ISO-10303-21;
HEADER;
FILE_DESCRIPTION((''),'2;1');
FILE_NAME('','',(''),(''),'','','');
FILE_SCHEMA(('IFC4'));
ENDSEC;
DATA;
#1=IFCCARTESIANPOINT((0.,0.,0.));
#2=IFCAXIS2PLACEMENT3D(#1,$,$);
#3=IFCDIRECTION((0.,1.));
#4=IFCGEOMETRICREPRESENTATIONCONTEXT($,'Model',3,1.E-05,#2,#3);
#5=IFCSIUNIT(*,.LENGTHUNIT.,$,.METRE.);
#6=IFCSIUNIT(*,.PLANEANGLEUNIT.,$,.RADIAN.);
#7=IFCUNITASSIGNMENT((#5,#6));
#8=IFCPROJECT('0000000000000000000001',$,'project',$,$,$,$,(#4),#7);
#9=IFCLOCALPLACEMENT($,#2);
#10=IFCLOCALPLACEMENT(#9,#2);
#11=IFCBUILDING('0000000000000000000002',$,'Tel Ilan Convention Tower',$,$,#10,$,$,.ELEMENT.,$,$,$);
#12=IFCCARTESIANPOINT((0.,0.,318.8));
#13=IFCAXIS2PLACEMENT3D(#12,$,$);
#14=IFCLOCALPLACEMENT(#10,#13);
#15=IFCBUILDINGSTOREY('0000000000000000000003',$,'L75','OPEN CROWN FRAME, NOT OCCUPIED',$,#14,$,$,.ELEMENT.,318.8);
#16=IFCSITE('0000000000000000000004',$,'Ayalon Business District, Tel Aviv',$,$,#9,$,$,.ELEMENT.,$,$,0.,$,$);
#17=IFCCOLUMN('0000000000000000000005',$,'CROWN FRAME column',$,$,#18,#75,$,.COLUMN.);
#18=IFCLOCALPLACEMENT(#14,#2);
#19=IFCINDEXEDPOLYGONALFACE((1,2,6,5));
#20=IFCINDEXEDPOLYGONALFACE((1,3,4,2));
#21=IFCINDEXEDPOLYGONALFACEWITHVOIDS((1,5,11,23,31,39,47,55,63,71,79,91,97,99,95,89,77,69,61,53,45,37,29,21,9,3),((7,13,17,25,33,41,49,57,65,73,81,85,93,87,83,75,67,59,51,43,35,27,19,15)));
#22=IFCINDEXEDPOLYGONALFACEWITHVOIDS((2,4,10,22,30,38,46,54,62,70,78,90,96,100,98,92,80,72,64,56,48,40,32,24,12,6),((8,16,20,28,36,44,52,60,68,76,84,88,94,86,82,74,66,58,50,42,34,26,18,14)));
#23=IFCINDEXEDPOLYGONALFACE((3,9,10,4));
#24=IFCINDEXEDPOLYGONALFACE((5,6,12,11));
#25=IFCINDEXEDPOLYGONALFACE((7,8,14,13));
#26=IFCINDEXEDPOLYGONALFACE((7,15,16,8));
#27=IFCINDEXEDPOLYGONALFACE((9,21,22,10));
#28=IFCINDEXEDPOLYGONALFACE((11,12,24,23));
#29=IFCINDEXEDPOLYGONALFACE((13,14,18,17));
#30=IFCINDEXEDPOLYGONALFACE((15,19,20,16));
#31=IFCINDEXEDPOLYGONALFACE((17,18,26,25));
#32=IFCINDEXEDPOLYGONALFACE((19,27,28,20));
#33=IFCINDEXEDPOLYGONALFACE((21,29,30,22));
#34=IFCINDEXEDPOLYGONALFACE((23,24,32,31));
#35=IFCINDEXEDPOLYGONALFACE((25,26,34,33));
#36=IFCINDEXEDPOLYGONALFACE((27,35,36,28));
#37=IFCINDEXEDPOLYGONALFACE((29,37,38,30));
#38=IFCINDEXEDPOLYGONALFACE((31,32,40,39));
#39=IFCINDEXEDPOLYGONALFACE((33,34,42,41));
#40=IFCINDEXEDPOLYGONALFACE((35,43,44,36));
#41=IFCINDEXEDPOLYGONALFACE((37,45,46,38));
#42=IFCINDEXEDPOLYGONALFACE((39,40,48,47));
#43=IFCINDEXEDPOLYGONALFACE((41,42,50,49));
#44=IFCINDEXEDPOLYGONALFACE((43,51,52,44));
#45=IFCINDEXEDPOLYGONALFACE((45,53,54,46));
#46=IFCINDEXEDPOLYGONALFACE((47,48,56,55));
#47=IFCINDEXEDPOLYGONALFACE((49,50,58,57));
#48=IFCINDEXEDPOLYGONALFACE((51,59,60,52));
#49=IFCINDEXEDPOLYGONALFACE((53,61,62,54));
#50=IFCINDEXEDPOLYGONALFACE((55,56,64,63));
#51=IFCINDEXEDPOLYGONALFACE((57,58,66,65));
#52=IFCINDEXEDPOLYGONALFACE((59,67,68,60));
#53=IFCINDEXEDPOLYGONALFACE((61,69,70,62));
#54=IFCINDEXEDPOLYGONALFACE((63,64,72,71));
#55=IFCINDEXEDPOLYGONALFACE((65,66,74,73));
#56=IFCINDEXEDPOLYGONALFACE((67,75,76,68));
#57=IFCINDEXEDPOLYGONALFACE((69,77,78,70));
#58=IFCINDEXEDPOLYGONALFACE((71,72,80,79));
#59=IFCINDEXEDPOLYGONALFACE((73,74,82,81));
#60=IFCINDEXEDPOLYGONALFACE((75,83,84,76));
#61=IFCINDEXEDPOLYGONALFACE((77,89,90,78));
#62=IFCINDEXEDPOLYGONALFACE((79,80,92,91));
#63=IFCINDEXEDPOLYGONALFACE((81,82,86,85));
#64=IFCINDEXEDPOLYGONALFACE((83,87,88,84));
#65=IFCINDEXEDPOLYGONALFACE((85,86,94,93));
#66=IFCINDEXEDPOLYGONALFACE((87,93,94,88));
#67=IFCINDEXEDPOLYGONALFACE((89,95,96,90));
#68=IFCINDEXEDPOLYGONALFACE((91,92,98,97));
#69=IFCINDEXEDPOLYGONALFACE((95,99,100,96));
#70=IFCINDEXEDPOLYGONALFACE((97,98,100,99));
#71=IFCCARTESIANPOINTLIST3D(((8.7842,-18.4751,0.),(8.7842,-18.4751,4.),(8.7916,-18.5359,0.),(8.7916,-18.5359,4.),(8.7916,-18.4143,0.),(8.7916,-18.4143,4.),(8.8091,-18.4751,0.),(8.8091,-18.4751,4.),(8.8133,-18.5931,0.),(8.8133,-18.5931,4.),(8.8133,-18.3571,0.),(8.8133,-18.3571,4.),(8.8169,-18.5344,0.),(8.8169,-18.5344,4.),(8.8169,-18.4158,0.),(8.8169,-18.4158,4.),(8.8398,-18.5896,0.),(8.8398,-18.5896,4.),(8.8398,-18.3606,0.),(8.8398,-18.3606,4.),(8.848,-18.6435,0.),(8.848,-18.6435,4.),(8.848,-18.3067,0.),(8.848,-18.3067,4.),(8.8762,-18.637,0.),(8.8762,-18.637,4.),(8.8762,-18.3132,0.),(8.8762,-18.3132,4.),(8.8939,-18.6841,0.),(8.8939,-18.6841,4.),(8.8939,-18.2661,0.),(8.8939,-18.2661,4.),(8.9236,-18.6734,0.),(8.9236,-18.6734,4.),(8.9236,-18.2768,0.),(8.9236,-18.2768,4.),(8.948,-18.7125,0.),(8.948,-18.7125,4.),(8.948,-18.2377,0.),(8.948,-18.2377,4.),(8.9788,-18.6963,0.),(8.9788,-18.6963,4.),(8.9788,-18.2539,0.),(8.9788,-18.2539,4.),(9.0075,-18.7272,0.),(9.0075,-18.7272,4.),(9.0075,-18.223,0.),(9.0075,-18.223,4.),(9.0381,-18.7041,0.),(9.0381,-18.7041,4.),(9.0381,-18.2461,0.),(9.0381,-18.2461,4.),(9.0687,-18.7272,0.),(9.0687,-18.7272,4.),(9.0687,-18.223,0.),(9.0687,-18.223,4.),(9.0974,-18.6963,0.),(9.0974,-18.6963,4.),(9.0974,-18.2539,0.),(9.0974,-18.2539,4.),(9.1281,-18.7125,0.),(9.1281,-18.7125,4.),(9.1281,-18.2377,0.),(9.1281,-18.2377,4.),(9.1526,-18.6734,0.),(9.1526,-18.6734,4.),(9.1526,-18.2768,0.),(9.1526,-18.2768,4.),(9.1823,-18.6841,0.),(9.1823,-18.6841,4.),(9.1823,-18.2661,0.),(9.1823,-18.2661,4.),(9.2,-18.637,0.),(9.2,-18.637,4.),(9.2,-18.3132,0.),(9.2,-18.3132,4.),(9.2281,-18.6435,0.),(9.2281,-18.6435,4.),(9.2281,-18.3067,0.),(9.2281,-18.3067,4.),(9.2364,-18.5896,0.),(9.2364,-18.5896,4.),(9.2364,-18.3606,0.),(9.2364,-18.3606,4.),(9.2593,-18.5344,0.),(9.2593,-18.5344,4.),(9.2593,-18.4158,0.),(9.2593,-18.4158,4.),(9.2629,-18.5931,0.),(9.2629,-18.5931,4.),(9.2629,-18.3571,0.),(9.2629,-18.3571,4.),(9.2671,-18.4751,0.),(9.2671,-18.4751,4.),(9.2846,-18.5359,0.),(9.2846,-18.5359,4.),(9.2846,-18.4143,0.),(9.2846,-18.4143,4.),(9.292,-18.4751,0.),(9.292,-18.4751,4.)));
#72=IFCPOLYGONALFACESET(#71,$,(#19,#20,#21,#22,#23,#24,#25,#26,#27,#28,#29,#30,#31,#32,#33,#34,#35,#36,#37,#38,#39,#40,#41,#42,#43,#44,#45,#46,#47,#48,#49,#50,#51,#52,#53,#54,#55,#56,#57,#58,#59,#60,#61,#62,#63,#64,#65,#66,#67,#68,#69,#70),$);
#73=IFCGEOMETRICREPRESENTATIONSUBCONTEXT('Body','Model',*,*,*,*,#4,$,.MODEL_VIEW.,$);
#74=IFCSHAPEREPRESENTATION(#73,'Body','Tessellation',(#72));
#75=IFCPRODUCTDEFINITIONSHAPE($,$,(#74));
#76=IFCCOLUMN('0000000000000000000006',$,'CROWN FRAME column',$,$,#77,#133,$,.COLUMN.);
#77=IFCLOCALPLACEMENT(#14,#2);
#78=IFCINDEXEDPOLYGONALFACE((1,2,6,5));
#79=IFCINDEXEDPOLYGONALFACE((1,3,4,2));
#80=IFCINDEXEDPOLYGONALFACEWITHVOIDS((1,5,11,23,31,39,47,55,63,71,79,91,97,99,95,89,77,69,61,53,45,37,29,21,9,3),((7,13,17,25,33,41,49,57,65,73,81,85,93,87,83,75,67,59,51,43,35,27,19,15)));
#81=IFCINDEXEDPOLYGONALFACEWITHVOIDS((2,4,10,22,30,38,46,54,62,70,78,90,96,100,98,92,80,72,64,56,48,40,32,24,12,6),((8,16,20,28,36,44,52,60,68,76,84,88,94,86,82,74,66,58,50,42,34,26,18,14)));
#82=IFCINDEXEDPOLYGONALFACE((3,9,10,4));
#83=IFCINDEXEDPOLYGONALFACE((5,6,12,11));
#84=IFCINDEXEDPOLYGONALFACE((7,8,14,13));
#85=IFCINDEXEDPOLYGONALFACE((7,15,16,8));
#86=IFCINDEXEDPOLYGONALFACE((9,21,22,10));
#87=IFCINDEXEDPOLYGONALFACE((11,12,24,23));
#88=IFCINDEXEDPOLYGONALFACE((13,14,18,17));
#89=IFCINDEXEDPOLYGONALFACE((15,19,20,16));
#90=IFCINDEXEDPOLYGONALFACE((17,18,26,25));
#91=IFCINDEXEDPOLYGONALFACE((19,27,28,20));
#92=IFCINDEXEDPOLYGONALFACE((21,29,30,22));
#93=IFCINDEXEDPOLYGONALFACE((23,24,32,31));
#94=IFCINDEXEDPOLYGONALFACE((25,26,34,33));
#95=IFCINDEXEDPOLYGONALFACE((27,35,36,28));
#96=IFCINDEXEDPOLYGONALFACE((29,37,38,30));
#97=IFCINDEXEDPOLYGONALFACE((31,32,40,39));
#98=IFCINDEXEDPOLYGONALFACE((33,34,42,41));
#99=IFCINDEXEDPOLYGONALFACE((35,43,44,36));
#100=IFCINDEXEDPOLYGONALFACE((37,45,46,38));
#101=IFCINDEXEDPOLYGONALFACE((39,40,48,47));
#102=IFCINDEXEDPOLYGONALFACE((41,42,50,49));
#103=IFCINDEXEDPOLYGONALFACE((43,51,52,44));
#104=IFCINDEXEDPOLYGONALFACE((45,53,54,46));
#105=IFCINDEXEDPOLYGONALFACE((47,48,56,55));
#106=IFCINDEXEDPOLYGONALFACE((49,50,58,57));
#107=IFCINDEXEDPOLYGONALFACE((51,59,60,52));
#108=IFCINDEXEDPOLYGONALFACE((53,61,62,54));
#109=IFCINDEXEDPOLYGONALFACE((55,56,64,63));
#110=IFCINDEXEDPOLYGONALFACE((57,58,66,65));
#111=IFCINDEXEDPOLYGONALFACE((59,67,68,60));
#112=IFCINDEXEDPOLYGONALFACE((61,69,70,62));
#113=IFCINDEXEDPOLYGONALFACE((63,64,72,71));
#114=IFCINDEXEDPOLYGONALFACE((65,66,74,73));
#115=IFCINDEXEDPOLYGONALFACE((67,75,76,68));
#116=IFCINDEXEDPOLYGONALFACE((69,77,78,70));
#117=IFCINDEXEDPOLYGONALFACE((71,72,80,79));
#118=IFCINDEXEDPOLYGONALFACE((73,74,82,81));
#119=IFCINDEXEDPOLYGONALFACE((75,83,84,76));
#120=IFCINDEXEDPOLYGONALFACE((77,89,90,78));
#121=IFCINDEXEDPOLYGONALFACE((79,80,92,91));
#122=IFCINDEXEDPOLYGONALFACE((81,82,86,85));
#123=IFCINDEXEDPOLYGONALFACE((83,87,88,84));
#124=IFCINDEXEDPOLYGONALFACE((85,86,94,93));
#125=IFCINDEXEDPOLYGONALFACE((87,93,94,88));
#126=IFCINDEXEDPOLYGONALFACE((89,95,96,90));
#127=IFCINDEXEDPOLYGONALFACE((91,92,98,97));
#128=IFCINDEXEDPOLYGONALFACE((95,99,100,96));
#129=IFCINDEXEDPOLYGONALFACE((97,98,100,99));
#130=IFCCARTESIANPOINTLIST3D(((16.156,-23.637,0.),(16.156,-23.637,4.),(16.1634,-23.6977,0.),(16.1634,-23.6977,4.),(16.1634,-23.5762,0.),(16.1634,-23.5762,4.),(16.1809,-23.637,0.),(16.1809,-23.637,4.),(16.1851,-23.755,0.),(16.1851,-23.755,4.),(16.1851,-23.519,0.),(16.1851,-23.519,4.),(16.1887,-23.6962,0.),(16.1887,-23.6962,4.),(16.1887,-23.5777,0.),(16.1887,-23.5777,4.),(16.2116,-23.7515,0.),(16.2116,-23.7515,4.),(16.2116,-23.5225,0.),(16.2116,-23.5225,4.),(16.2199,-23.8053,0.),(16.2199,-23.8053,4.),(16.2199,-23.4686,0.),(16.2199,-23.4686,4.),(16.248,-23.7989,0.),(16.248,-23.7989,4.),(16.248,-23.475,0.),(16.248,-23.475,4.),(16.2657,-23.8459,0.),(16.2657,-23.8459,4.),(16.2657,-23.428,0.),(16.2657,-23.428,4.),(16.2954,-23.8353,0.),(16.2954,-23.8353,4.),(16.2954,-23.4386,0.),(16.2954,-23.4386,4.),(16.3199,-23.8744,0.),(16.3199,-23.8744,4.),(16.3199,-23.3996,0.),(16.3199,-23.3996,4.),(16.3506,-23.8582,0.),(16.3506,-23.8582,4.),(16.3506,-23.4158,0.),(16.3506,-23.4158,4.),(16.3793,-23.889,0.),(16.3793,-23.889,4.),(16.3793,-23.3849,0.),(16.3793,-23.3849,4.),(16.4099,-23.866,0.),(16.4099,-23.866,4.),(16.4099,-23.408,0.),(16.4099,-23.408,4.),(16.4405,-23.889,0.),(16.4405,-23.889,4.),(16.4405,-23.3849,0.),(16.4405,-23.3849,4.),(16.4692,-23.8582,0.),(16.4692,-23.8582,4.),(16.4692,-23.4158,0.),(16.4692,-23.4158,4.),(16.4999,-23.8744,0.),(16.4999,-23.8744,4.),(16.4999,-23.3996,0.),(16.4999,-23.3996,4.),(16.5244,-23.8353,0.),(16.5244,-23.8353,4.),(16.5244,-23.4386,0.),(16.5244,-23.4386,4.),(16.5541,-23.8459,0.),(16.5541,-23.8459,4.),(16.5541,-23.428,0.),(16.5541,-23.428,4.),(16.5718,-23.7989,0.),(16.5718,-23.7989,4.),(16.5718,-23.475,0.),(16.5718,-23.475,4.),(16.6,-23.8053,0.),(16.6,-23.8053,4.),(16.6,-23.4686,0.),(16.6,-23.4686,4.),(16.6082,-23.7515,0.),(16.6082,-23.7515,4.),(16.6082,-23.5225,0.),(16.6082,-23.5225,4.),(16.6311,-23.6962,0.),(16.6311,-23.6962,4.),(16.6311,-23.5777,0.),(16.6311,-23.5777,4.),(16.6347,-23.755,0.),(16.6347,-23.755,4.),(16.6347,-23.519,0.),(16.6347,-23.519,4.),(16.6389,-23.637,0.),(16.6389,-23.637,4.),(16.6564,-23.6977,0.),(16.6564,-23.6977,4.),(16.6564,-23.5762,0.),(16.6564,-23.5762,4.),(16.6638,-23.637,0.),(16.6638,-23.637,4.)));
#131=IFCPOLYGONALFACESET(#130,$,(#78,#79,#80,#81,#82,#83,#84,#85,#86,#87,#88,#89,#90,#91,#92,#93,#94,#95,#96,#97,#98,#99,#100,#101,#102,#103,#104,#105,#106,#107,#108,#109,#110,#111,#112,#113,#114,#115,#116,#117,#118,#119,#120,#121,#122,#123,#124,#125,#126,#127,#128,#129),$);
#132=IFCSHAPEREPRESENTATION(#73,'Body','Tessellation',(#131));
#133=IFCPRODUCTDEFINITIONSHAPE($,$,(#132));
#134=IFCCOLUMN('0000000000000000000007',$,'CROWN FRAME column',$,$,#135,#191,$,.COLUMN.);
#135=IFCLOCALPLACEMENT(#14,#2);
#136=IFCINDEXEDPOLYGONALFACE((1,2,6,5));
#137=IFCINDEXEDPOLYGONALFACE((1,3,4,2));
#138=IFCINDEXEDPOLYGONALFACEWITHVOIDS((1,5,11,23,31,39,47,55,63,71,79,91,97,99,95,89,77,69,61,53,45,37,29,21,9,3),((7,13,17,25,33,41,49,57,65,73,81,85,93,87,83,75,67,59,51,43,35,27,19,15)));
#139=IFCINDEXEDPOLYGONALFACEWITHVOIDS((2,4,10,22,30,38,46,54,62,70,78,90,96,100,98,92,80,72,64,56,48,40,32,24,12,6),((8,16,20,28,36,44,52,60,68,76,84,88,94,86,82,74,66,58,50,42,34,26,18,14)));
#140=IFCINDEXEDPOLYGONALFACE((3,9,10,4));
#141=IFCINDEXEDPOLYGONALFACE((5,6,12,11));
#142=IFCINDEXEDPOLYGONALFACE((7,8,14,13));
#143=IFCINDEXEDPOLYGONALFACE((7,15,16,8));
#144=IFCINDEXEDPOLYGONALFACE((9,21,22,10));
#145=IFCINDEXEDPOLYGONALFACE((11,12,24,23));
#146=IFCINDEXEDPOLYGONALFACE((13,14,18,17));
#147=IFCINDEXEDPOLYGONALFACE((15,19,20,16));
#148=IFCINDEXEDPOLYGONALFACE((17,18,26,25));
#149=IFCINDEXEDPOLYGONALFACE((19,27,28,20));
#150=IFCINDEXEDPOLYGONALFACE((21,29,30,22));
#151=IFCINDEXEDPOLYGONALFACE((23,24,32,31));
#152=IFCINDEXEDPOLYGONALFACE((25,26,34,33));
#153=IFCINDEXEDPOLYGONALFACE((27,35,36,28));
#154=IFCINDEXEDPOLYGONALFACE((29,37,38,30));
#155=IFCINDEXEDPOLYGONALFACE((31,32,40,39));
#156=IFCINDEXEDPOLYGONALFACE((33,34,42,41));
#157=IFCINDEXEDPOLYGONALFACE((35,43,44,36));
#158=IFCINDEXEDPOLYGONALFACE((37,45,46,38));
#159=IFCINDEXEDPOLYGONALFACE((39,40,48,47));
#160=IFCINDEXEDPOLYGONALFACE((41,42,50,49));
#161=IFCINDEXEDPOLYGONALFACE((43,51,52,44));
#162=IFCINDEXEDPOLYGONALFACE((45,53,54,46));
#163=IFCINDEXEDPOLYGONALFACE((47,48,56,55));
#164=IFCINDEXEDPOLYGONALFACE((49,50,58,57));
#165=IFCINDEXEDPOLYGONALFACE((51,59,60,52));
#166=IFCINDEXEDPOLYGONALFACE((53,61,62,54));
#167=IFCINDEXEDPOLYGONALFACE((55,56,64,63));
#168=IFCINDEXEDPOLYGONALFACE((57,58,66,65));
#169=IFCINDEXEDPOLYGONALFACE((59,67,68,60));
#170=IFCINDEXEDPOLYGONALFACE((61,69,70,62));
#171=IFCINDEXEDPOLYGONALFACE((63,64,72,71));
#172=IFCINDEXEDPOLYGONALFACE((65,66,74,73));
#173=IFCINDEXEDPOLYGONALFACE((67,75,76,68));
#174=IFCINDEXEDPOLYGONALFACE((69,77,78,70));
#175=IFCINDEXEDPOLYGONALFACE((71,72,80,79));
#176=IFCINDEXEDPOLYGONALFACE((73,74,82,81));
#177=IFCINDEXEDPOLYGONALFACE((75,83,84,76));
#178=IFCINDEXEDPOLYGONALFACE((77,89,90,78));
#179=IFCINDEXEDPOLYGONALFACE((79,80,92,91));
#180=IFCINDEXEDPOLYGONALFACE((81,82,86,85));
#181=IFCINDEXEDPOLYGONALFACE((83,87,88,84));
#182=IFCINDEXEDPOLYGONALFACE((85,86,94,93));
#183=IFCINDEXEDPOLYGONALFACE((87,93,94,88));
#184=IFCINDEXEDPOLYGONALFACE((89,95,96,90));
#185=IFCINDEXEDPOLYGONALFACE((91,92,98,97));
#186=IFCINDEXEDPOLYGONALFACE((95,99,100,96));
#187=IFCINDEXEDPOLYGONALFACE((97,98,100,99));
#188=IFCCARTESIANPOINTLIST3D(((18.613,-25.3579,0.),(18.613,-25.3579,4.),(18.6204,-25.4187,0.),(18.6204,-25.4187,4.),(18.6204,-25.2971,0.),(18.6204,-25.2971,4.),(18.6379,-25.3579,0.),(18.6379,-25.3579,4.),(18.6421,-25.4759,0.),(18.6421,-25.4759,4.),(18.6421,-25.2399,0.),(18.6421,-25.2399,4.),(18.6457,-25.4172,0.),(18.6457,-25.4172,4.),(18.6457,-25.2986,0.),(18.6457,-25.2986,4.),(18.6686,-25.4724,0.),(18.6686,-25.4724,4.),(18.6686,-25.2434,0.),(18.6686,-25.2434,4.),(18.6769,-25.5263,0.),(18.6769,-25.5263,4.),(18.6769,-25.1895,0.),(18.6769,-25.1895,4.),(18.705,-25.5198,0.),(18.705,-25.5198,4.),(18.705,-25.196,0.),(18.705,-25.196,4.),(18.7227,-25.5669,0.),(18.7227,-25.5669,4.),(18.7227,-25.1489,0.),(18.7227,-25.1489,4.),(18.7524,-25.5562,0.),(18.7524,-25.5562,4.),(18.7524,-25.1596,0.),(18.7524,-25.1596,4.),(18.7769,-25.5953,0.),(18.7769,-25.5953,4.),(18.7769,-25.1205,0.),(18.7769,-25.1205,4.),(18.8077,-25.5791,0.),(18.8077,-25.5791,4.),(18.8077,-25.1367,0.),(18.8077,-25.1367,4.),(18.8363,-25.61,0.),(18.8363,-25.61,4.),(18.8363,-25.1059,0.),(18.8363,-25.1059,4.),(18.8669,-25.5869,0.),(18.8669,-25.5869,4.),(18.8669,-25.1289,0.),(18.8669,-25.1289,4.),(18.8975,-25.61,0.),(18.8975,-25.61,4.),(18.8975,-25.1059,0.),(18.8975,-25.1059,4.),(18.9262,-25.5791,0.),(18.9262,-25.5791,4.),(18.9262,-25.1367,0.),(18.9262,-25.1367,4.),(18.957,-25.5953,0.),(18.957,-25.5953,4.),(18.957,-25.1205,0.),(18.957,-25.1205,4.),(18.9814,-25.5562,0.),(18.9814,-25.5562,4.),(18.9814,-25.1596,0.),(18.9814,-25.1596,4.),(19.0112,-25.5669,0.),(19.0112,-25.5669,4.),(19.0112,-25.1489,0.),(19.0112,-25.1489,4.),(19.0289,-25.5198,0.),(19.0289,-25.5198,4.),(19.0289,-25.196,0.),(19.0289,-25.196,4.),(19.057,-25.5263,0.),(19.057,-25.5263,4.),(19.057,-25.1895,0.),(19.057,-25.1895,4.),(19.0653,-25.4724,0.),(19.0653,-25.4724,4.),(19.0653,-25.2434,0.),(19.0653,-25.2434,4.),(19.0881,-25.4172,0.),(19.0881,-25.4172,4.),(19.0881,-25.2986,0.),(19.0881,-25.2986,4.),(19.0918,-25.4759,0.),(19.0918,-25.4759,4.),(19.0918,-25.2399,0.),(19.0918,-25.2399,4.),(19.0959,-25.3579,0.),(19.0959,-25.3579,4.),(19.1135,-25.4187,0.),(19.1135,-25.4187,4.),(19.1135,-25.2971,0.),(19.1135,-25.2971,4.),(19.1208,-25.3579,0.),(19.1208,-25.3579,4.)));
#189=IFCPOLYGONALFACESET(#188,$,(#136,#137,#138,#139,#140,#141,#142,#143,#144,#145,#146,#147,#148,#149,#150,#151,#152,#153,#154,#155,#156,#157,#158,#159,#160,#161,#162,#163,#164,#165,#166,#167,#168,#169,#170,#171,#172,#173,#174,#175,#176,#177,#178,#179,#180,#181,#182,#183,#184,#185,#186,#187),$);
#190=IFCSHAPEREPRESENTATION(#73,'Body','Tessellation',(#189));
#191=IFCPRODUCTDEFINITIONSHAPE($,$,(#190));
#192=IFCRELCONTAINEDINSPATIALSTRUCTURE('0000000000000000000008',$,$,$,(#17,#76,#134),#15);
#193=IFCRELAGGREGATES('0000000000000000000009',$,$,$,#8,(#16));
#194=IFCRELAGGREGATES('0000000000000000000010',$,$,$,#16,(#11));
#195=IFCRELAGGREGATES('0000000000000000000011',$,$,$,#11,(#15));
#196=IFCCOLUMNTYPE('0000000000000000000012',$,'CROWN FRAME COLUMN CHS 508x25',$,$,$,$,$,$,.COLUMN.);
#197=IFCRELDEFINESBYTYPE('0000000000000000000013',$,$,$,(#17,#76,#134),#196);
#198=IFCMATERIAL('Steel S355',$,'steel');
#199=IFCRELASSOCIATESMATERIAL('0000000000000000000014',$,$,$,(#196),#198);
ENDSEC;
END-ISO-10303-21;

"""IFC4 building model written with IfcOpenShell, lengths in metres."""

from ifc_helpers import new_model, si_unit, direction, frame, origin, origin_2d, place, context, subcontext, project, spatial, hollow_circle, extrude, material, material_profile, profile_set, type_object, element, save


model = new_model("IFC4")

# Units and contexts
model_context = context("Model", 3, precision=1e-05, world=origin(), true_north=direction((0.0, 1.0)))
body_context = subcontext(model_context, "Body", "Model", "MODEL_VIEW")
ifc_project = project(units=[si_unit("LENGTHUNIT", "METRE"), si_unit("PLANEANGLEUNIT", "RADIAN")], contexts=[model_context])

# Site, building, storey
site_placement = place(None, origin())
site = spatial("IfcSite", under=ifc_project, at=site_placement, Name="Ayalon Business District, Tel Aviv", CompositionType="ELEMENT", RefElevation=0.0)
building_placement = place(site_placement, origin())
building = spatial("IfcBuilding", under=site, at=building_placement, Name="Tel Ilan Convention Tower", CompositionType="ELEMENT")
storey_placement = place(building_placement, frame((0.0, 0.0, 318.8)))
storey = spatial("IfcBuildingStorey", under=building, at=storey_placement, Name="L75", Description="OPEN CROWN FRAME, NOT OCCUPIED", CompositionType="ELEMENT", Elevation=318.8)

# Columns
ifc_material_1 = material(Name="Steel S355", Category="steel")
ifc_material_profile_1 = material_profile(ifc_material_1, hollow_circle(Radius=0.2539, WallThickness=0.0249, at=origin_2d()), Name="CHS 508x25")
ifc_profile_set_1 = profile_set([ifc_material_profile_1], Name="Steel S355")
column_type = type_object("IfcColumnType", Name="CROWN FRAME COLUMN CHS 508x25", PredefinedType="COLUMN", material=ifc_profile_set_1)
for number, where, z_axis, x_axis, name in (
    (1, (9.0381, -18.4751, 0.0), (0.0, 0.0, 1.0), (1.0, 0.0, 0.0), "CROWN FRAME column"),
    (2, (16.4099, -23.637, 0.0), (0.0, 0.0, 1.0), (1.0, 0.0, 0.0), "CROWN FRAME column"),
    (3, (18.8669, -25.3579, 0.0), (0.0, 0.0, 1.0), (1.0, 0.0, 0.0), "CROWN FRAME column"),
):
    element("IfcColumn", number, at=place(storey_placement, frame(where, z_axis=z_axis, x_axis=x_axis)), inside=storey, type_object=column_type, Name=name, PredefinedType="COLUMN", context=body_context, shape_type="SweptSolid", body=[
        extrude(hollow_circle(Radius=0.2539, WallThickness=0.0249, at=origin_2d()), origin(), (0.0, 0.0, 1.0), 4.0),
    ])

save(model, "model.ifc")
